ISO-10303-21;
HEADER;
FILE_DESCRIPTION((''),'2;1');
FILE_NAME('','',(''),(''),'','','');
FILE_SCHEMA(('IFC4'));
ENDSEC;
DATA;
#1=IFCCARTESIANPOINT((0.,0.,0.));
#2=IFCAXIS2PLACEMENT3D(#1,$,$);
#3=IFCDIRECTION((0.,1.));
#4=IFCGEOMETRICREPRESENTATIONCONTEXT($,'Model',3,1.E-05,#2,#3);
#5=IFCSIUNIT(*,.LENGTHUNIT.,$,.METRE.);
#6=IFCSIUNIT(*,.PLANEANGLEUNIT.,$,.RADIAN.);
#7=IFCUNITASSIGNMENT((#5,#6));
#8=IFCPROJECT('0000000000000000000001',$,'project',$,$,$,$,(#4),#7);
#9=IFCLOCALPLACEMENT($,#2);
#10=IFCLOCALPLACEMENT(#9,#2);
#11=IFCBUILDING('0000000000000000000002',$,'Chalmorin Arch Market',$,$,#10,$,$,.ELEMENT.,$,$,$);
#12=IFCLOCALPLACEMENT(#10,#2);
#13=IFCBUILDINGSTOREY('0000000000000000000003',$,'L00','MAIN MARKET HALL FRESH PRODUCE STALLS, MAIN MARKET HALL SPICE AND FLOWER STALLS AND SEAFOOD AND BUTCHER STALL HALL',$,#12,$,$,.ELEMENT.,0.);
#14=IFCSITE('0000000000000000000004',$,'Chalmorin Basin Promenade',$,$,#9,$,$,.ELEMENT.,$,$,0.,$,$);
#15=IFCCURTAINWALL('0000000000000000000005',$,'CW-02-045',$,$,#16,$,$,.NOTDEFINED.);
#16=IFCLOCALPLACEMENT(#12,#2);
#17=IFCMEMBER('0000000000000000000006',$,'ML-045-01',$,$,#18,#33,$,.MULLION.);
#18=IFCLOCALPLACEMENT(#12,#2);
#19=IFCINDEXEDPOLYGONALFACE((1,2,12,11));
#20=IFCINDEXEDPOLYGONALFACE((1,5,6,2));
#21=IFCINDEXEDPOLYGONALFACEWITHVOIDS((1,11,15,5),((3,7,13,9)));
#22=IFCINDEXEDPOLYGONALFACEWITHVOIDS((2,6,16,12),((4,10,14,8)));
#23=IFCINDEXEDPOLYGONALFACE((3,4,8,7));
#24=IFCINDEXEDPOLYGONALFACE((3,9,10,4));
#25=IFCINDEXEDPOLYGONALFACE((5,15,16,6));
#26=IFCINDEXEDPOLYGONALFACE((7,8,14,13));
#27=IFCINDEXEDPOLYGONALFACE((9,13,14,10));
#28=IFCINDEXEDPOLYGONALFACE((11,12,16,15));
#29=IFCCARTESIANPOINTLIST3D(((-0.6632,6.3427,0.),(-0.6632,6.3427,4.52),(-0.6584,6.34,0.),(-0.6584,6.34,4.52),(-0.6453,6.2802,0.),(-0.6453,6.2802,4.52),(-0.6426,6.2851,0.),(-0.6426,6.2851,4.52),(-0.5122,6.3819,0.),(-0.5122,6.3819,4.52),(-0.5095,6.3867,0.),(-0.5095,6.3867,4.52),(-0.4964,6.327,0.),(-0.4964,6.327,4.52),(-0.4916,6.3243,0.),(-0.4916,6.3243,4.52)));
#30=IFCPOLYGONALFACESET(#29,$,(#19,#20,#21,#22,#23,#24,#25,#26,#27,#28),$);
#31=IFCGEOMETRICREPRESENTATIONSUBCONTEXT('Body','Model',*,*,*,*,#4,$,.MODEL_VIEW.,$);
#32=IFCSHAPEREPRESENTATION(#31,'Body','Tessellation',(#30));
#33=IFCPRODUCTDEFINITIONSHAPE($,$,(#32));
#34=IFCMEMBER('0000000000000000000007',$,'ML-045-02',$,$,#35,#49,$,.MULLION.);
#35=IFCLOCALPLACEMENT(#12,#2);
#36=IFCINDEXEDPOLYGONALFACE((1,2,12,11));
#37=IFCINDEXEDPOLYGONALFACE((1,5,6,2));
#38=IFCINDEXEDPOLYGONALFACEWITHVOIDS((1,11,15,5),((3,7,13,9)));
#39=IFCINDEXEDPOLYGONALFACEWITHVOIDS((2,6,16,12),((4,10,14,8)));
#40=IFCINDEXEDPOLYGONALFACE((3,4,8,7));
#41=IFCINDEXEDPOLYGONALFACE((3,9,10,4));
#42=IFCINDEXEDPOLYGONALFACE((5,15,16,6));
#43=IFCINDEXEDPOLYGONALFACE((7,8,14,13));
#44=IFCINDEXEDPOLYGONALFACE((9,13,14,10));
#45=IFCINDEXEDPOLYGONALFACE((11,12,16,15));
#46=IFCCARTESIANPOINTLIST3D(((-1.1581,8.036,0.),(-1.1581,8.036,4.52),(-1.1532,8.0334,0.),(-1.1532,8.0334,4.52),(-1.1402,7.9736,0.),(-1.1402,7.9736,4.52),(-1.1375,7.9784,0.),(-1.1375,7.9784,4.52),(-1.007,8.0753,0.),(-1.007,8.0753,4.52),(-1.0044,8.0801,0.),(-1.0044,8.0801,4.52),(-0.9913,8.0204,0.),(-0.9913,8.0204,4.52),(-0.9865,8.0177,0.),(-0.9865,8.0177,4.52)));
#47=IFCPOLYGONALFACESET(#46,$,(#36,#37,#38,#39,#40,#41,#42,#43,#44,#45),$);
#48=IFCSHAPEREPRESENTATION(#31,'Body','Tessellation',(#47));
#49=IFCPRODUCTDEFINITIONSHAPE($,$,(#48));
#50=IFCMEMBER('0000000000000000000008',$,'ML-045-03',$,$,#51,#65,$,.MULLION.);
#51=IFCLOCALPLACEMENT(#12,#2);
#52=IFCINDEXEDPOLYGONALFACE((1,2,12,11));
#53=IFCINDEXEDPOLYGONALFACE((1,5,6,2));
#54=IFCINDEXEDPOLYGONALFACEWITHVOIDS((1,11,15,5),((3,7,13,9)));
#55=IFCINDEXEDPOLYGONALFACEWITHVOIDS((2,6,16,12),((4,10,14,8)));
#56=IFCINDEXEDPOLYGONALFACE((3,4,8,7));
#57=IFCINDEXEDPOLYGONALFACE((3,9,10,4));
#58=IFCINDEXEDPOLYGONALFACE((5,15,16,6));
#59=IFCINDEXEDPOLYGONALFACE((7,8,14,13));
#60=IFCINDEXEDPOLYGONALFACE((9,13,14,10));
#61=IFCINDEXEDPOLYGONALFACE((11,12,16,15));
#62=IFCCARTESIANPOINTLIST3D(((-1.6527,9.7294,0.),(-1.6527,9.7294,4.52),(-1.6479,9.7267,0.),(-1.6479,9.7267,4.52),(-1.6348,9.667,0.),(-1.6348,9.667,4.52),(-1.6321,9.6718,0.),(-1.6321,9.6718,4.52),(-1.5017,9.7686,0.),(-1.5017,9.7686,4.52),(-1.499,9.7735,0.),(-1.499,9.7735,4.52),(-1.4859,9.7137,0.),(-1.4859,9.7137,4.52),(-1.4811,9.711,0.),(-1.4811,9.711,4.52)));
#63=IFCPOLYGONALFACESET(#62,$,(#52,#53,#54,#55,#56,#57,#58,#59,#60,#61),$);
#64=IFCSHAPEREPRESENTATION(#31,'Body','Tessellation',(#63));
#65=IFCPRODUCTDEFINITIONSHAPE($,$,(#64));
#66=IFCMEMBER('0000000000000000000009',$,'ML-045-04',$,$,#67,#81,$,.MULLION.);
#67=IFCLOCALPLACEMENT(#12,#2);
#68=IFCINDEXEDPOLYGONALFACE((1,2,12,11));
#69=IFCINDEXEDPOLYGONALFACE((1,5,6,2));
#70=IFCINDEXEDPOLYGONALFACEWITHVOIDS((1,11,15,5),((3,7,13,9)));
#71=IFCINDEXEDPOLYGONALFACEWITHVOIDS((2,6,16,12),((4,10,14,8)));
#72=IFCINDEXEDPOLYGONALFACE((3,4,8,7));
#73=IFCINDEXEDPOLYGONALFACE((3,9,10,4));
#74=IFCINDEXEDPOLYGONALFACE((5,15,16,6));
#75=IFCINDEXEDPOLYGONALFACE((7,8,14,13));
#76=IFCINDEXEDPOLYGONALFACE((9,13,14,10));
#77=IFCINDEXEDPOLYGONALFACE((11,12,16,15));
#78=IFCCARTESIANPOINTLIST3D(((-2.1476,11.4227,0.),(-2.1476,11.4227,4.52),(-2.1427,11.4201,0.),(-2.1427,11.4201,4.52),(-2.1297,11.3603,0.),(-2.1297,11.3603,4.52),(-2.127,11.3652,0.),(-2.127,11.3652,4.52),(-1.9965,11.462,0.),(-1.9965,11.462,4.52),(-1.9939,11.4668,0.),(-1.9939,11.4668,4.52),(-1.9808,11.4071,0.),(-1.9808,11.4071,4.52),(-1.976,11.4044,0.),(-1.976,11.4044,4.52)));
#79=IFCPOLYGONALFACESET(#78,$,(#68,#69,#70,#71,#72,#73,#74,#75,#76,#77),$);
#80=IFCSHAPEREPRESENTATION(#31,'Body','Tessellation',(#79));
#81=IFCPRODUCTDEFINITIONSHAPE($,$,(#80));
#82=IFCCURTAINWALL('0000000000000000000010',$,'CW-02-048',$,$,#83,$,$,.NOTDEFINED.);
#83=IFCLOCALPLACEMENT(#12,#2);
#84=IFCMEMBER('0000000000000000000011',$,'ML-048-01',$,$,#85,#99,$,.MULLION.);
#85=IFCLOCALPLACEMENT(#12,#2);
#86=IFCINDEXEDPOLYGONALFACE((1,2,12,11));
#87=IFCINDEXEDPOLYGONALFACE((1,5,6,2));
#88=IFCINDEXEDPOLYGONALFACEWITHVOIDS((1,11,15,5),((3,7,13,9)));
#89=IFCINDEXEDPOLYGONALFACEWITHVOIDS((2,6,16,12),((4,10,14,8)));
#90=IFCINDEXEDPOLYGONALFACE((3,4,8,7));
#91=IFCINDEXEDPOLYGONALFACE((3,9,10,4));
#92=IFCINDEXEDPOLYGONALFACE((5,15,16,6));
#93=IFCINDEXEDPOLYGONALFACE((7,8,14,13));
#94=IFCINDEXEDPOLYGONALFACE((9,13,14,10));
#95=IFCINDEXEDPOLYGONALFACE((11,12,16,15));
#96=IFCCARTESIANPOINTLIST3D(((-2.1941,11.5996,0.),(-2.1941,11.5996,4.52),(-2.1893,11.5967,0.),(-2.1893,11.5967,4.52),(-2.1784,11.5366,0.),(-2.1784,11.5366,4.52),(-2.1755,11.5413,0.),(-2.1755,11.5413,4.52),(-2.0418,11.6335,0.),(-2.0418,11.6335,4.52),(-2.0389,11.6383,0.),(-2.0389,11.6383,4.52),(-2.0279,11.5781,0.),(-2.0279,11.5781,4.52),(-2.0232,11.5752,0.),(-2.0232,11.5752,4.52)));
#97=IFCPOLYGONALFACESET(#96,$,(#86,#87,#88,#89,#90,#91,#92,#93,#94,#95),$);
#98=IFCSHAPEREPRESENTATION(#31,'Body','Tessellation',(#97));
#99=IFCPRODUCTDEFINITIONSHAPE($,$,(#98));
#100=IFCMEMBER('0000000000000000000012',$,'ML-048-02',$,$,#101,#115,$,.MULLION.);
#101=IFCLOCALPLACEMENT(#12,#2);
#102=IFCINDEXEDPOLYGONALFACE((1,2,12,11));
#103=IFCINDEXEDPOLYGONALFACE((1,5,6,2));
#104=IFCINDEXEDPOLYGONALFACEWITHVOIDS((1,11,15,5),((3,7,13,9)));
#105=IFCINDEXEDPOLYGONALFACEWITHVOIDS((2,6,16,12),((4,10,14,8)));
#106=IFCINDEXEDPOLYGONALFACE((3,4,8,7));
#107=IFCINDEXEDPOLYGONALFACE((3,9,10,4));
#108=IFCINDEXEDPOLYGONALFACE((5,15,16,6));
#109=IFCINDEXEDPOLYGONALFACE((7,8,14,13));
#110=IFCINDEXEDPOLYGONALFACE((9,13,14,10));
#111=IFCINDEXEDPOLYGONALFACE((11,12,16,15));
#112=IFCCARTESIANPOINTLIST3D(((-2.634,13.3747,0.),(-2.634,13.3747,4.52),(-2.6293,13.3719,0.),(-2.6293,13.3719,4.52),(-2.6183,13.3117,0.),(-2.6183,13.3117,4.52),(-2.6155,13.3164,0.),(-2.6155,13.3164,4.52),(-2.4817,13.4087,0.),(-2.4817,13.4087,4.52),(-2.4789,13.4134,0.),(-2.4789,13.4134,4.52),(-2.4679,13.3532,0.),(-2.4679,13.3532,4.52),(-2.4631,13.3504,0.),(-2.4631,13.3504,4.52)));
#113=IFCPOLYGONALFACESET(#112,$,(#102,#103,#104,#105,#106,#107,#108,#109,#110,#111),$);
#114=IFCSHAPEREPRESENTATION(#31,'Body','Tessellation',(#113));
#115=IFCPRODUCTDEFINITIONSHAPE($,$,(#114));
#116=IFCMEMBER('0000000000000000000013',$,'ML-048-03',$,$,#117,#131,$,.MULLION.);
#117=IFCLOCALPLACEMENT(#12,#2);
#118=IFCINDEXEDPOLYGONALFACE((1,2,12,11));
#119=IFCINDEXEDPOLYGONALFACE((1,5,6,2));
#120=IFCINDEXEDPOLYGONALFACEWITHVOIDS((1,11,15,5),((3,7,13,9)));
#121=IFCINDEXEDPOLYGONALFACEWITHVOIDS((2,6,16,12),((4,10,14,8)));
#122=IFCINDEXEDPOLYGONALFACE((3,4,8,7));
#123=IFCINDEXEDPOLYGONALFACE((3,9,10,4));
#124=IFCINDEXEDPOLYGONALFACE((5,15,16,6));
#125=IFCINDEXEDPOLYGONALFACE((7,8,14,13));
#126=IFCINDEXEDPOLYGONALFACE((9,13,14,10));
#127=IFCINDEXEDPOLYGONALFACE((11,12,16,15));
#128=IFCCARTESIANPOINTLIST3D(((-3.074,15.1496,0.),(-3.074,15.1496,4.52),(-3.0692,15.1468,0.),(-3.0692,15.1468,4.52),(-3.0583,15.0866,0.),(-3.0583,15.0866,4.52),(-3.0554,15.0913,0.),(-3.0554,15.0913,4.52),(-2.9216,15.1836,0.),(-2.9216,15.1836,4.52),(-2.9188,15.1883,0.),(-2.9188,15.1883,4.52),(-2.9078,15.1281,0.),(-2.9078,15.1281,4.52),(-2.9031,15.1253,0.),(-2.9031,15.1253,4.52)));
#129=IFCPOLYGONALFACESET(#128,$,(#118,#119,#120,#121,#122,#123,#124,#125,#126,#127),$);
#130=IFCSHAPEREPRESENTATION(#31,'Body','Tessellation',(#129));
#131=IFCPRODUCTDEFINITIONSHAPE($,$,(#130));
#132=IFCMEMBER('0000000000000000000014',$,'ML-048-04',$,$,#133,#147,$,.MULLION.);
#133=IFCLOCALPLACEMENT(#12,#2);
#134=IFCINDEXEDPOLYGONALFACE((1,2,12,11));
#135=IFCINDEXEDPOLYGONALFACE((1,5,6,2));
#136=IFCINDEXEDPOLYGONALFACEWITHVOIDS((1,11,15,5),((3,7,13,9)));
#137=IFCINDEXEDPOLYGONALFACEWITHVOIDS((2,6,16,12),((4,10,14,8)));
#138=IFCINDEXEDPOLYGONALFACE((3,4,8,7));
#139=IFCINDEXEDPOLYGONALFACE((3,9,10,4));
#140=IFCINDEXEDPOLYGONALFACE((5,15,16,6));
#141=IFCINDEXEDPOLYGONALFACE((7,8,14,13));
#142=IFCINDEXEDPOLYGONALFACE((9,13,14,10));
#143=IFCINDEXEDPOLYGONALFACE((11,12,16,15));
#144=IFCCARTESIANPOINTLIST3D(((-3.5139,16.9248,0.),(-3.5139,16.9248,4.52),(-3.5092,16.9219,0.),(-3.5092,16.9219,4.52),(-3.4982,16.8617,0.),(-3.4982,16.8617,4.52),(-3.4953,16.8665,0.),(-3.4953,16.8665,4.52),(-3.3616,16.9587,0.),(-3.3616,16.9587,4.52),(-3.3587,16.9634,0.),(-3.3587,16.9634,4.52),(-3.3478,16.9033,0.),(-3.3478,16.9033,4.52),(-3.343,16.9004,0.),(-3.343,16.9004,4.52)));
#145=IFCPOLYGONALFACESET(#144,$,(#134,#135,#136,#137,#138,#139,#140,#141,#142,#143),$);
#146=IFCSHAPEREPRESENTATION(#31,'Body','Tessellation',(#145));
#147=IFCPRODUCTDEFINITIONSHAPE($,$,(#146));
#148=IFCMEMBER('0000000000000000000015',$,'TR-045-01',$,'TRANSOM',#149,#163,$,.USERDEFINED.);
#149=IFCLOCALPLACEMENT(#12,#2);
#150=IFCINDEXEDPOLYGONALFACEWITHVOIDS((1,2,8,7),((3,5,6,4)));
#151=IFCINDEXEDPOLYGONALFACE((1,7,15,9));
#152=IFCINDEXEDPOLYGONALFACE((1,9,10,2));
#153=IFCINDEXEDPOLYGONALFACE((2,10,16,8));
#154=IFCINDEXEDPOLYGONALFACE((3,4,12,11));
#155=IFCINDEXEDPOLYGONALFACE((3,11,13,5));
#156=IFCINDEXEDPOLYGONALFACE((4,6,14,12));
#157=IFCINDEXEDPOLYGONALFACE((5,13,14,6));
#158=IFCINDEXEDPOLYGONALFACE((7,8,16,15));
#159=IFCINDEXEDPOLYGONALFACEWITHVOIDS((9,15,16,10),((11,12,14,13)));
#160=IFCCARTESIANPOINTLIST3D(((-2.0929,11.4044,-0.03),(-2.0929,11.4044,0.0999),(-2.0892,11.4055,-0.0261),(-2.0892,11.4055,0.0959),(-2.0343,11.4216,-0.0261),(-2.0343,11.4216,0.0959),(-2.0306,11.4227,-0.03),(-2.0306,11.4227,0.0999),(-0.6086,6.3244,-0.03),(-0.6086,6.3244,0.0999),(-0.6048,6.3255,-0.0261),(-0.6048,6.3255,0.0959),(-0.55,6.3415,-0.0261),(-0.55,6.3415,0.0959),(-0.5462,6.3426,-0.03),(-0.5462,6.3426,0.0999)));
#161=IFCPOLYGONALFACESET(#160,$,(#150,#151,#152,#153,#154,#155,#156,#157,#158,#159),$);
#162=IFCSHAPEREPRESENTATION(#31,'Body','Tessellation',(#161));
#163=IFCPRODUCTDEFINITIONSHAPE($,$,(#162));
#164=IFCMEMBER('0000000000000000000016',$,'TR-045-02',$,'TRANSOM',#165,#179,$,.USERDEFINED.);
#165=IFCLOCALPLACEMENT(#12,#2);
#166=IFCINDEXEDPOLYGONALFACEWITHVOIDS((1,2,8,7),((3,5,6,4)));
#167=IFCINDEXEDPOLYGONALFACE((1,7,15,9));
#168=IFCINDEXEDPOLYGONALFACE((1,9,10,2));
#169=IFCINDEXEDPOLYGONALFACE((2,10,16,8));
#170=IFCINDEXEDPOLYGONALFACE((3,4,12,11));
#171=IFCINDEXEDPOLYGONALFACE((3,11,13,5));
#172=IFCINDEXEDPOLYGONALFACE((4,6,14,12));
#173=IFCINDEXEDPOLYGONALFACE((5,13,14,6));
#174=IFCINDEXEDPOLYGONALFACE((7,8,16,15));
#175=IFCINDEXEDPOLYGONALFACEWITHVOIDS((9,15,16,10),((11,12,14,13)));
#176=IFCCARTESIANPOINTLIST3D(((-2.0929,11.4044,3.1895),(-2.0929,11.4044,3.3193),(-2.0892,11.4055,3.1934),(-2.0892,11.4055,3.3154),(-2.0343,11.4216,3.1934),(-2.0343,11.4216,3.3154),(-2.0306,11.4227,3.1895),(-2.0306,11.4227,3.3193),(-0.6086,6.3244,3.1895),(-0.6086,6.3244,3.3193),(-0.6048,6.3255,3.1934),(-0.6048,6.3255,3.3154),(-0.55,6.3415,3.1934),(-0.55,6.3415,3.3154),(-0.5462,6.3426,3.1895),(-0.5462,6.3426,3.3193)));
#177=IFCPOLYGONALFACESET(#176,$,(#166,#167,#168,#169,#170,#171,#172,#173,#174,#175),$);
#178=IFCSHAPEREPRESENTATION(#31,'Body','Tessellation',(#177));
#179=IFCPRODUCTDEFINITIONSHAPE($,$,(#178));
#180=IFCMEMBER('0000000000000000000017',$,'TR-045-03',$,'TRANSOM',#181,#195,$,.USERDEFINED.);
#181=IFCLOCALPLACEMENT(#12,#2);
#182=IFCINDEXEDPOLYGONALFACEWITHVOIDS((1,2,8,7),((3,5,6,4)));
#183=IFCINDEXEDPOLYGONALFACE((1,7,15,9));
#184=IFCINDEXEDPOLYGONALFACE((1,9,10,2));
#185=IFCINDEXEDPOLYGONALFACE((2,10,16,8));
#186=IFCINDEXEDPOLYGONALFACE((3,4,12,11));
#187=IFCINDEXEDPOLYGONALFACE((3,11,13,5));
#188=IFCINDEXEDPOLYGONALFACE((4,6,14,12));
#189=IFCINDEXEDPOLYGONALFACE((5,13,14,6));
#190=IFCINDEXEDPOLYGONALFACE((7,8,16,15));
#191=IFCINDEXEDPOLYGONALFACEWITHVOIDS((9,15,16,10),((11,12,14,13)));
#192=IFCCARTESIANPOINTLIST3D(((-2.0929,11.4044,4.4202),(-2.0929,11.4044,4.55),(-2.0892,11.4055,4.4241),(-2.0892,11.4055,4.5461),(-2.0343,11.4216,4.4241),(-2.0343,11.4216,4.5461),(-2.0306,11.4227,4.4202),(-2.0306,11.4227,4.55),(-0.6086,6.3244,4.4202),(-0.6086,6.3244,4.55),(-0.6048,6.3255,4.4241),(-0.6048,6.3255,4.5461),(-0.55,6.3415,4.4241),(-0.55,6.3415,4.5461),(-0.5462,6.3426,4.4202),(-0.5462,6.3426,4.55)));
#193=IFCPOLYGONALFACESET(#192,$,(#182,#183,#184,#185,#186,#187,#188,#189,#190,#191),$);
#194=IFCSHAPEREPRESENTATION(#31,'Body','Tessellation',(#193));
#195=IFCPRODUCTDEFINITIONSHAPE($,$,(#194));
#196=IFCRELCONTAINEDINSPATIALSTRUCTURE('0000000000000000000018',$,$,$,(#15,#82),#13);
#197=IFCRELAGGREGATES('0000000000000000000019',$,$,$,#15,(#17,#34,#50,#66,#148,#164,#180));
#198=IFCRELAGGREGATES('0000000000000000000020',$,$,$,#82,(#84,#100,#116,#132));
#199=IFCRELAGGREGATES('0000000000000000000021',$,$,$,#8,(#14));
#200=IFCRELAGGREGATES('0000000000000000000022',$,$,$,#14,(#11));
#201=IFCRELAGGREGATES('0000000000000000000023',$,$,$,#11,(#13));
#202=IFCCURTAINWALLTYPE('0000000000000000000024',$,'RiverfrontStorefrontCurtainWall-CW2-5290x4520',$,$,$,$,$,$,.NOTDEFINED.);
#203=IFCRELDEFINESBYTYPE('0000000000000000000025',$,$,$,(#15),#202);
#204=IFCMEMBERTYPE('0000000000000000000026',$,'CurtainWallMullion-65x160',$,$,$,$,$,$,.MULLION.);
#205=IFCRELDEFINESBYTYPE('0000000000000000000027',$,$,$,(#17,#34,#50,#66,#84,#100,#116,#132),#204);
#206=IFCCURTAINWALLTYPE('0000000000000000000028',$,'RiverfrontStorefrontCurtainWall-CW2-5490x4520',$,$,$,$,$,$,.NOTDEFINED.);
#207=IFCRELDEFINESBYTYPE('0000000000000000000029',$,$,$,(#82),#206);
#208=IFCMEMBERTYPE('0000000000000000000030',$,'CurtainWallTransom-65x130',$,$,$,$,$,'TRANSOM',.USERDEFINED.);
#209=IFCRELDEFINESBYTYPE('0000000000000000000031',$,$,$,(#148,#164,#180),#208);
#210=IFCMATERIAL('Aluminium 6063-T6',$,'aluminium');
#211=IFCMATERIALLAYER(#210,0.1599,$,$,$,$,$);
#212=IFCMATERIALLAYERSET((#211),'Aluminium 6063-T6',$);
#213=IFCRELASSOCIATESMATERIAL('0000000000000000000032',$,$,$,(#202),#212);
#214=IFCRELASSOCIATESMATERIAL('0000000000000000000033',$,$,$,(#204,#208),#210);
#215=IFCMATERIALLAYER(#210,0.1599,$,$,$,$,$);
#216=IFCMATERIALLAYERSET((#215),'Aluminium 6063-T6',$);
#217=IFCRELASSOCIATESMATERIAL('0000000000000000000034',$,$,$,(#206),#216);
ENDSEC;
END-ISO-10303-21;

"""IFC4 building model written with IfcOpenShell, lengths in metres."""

from ifc_helpers import new_model, si_unit, direction, frame, origin, origin_2d, place, context, subcontext, project, spatial, hollow_rectangle, extrude, material, layer, layer_set, material_profile, profile_set, type_object, element, aggregate, save


model = new_model("IFC4")

# Units and contexts
model_context = context("Model", 3, precision=1e-05, world=origin(), true_north=direction((0.0, 1.0)))
body_context = subcontext(model_context, "Body", "Model", "MODEL_VIEW")
ifc_project = project(units=[si_unit("LENGTHUNIT", "METRE"), si_unit("PLANEANGLEUNIT", "RADIAN")], contexts=[model_context])

# Site, building, storey
site_placement = place(None, origin())
site = spatial("IfcSite", under=ifc_project, at=site_placement, Name="Chalmorin Basin Promenade", CompositionType="ELEMENT", RefElevation=0.0)
building_placement = place(site_placement, origin())
building = spatial("IfcBuilding", under=site, at=building_placement, Name="Chalmorin Arch Market", CompositionType="ELEMENT")
storey_placement = place(building_placement, origin())
storey = spatial("IfcBuildingStorey", under=building, at=storey_placement, Name="L00", Description="MAIN MARKET HALL FRESH PRODUCE STALLS, MAIN MARKET HALL SPICE AND FLOWER STALLS AND SEAFOOD AND BUTCHER STALL HALL", CompositionType="ELEMENT", Elevation=0.0)

# Curtain walls, members
ifc_material_1 = material(Name="Aluminium 6063-T6", Category="aluminium")
ifc_layer_1 = layer(ifc_material_1, 0.1599)
ifc_layer_set_1 = layer_set([ifc_layer_1], Name="Aluminium 6063-T6")
curtain_wall_type_1 = type_object("IfcCurtainWallType", Name="RiverfrontStorefrontCurtainWall-CW2-5290x4520", PredefinedType="NOTDEFINED", material=ifc_layer_set_1)
curtain_wall_1_placement = place(storey_placement, origin())
curtain_wall_1 = element("IfcCurtainWall", 1, at=curtain_wall_1_placement, inside=storey, type_object=curtain_wall_type_1, Name="CW-02-045", PredefinedType="NOTDEFINED")
ifc_material_profile_1 = material_profile(ifc_material_1, hollow_rectangle(XDim=0.0649, YDim=0.1599, WallThickness=0.0039, at=origin_2d()), Name="ALU65X160X4")
ifc_profile_set_1 = profile_set([ifc_material_profile_1], Name="Aluminium 6063-T6")
member_type_1 = type_object("IfcMemberType", Name="CurtainWallMullion-65x160", PredefinedType="MULLION", material=ifc_profile_set_1)
member_1_placement = place(storey_placement, frame((-0.5774, 6.3335, 0.0), z_axis=(0.0, 0.0, 1.0), x_axis=(-0.275637, 0.961262, 0.0)))
member_1 = element("IfcMember", 2, at=member_1_placement, type_object=member_type_1, Name="ML-045-01", PredefinedType="MULLION", context=body_context, shape_type="SweptSolid", body=[
    extrude(hollow_rectangle(XDim=0.0649, YDim=0.1599, WallThickness=0.0039, at=origin_2d()), origin(), (0.0, 0.0, 1.0), 4.52),
])
member_2_placement = place(storey_placement, frame((-1.0723, 8.0269, 0.0), z_axis=(0.0, 0.0, 1.0), x_axis=(-0.275637, 0.961262, 0.0)))
member_2 = element("IfcMember", 3, at=member_2_placement, type_object=member_type_1, Name="ML-045-02", PredefinedType="MULLION", context=body_context, shape_type="SweptSolid", body=[
    extrude(hollow_rectangle(XDim=0.0649, YDim=0.1599, WallThickness=0.0039, at=origin_2d()), origin(), (0.0, 0.0, 1.0), 4.52),
])
member_3_placement = place(storey_placement, frame((-1.5669, 9.7202, 0.0), z_axis=(0.0, 0.0, 1.0), x_axis=(-0.275637, 0.961262, 0.0)))
member_3 = element("IfcMember", 4, at=member_3_placement, type_object=member_type_1, Name="ML-045-03", PredefinedType="MULLION", context=body_context, shape_type="SweptSolid", body=[
    extrude(hollow_rectangle(XDim=0.0649, YDim=0.1599, WallThickness=0.0039, at=origin_2d()), origin(), (0.0, 0.0, 1.0), 4.52),
])
member_4_placement = place(storey_placement, frame((-2.0618, 11.4136, 0.0), z_axis=(0.0, 0.0, 1.0), x_axis=(-0.275637, 0.961262, 0.0)))
member_4 = element("IfcMember", 5, at=member_4_placement, type_object=member_type_1, Name="ML-045-04", PredefinedType="MULLION", context=body_context, shape_type="SweptSolid", body=[
    extrude(hollow_rectangle(XDim=0.0649, YDim=0.1599, WallThickness=0.0039, at=origin_2d()), origin(), (0.0, 0.0, 1.0), 4.52),
])
ifc_layer_2 = layer(ifc_material_1, 0.1599)
ifc_layer_set_2 = layer_set([ifc_layer_2], Name="Aluminium 6063-T6")
curtain_wall_type_2 = type_object("IfcCurtainWallType", Name="RiverfrontStorefrontCurtainWall-CW2-5490x4520", PredefinedType="NOTDEFINED", material=ifc_layer_set_2)
curtain_wall_2_placement = place(storey_placement, origin())
curtain_wall_2 = element("IfcCurtainWall", 6, at=curtain_wall_2_placement, inside=storey, type_object=curtain_wall_type_2, Name="CW-02-048", PredefinedType="NOTDEFINED")
member_5_placement = place(storey_placement, frame((-2.1086, 11.5874, 0.0), z_axis=(0.0, 0.0, 1.0), x_axis=(-0.241922, 0.970296, 0.0)))
member_5 = element("IfcMember", 7, at=member_5_placement, type_object=member_type_1, Name="ML-048-01", PredefinedType="MULLION", context=body_context, shape_type="SweptSolid", body=[
    extrude(hollow_rectangle(XDim=0.0649, YDim=0.1599, WallThickness=0.0039, at=origin_2d()), origin(), (0.0, 0.0, 1.0), 4.52),
])
member_6_placement = place(storey_placement, frame((-2.5486, 13.3625, 0.0), z_axis=(0.0, 0.0, 1.0), x_axis=(-0.241922, 0.970296, 0.0)))
member_6 = element("IfcMember", 8, at=member_6_placement, type_object=member_type_1, Name="ML-048-02", PredefinedType="MULLION", context=body_context, shape_type="SweptSolid", body=[
    extrude(hollow_rectangle(XDim=0.0649, YDim=0.1599, WallThickness=0.0039, at=origin_2d()), origin(), (0.0, 0.0, 1.0), 4.52),
])
member_7_placement = place(storey_placement, frame((-2.9885, 15.1375, 0.0), z_axis=(0.0, 0.0, 1.0), x_axis=(-0.241922, 0.970296, 0.0)))
member_7 = element("IfcMember", 9, at=member_7_placement, type_object=member_type_1, Name="ML-048-03", PredefinedType="MULLION", context=body_context, shape_type="SweptSolid", body=[
    extrude(hollow_rectangle(XDim=0.0649, YDim=0.1599, WallThickness=0.0039, at=origin_2d()), origin(), (0.0, 0.0, 1.0), 4.52),
])
member_8_placement = place(storey_placement, frame((-3.4285, 16.9126, 0.0), z_axis=(0.0, 0.0, 1.0), x_axis=(-0.241922, 0.970296, 0.0)))
member_8 = element("IfcMember", 10, at=member_8_placement, type_object=member_type_1, Name="ML-048-04", PredefinedType="MULLION", context=body_context, shape_type="SweptSolid", body=[
    extrude(hollow_rectangle(XDim=0.0649, YDim=0.1599, WallThickness=0.0039, at=origin_2d()), origin(), (0.0, 0.0, 1.0), 4.52),
])

# Members
ifc_material_profile_2 = material_profile(ifc_material_1, hollow_rectangle(XDim=0.0649, YDim=0.1299, WallThickness=0.0039, at=origin_2d()), Name="ALU65X130X4")
ifc_profile_set_2 = profile_set([ifc_material_profile_2], Name="Aluminium 6063-T6")
member_type_2 = type_object("IfcMemberType", Name="CurtainWallTransom-65x130", ElementType="TRANSOM", PredefinedType="USERDEFINED", material=ifc_profile_set_2)
member_9_placement = place(storey_placement, frame((-0.5774, 6.3335, 0.0349), z_axis=(-0.280468, 0.959863, 0.0), x_axis=(-0.959863, -0.280468, 0.0)))
member_9 = element("IfcMember", 11, at=member_9_placement, type_object=member_type_2, Name="TR-045-01", ObjectType="TRANSOM", PredefinedType="USERDEFINED", context=body_context, shape_type="SweptSolid", body=[
    extrude(hollow_rectangle(XDim=0.0649, YDim=0.1299, WallThickness=0.0039, at=origin_2d()), origin(), (0.0, 0.0, 1.0), 5.2925),
])
member_10_placement = place(storey_placement, frame((-0.5774, 6.3335, 3.2544), z_axis=(-0.280468, 0.959863, 0.0), x_axis=(-0.959863, -0.280468, 0.0)))
member_10 = element("IfcMember", 12, at=member_10_placement, type_object=member_type_2, Name="TR-045-02", ObjectType="TRANSOM", PredefinedType="USERDEFINED", context=body_context, shape_type="SweptSolid", body=[
    extrude(hollow_rectangle(XDim=0.0649, YDim=0.1299, WallThickness=0.0039, at=origin_2d()), origin(), (0.0, 0.0, 1.0), 5.2925),
])
member_11_placement = place(storey_placement, frame((-0.5774, 6.3335, 4.4851), z_axis=(-0.280468, 0.959863, 0.0), x_axis=(-0.959863, -0.280468, 0.0)))
member_11 = element("IfcMember", 13, at=member_11_placement, type_object=member_type_2, Name="TR-045-03", ObjectType="TRANSOM", PredefinedType="USERDEFINED", context=body_context, shape_type="SweptSolid", body=[
    extrude(hollow_rectangle(XDim=0.0649, YDim=0.1299, WallThickness=0.0039, at=origin_2d()), origin(), (0.0, 0.0, 1.0), 5.2925),
])

aggregate(curtain_wall_1, [member_1, member_2, member_3, member_4, member_9, member_10, member_11])
aggregate(curtain_wall_2, [member_5, member_6, member_7, member_8])

save(model, "model.ifc")
